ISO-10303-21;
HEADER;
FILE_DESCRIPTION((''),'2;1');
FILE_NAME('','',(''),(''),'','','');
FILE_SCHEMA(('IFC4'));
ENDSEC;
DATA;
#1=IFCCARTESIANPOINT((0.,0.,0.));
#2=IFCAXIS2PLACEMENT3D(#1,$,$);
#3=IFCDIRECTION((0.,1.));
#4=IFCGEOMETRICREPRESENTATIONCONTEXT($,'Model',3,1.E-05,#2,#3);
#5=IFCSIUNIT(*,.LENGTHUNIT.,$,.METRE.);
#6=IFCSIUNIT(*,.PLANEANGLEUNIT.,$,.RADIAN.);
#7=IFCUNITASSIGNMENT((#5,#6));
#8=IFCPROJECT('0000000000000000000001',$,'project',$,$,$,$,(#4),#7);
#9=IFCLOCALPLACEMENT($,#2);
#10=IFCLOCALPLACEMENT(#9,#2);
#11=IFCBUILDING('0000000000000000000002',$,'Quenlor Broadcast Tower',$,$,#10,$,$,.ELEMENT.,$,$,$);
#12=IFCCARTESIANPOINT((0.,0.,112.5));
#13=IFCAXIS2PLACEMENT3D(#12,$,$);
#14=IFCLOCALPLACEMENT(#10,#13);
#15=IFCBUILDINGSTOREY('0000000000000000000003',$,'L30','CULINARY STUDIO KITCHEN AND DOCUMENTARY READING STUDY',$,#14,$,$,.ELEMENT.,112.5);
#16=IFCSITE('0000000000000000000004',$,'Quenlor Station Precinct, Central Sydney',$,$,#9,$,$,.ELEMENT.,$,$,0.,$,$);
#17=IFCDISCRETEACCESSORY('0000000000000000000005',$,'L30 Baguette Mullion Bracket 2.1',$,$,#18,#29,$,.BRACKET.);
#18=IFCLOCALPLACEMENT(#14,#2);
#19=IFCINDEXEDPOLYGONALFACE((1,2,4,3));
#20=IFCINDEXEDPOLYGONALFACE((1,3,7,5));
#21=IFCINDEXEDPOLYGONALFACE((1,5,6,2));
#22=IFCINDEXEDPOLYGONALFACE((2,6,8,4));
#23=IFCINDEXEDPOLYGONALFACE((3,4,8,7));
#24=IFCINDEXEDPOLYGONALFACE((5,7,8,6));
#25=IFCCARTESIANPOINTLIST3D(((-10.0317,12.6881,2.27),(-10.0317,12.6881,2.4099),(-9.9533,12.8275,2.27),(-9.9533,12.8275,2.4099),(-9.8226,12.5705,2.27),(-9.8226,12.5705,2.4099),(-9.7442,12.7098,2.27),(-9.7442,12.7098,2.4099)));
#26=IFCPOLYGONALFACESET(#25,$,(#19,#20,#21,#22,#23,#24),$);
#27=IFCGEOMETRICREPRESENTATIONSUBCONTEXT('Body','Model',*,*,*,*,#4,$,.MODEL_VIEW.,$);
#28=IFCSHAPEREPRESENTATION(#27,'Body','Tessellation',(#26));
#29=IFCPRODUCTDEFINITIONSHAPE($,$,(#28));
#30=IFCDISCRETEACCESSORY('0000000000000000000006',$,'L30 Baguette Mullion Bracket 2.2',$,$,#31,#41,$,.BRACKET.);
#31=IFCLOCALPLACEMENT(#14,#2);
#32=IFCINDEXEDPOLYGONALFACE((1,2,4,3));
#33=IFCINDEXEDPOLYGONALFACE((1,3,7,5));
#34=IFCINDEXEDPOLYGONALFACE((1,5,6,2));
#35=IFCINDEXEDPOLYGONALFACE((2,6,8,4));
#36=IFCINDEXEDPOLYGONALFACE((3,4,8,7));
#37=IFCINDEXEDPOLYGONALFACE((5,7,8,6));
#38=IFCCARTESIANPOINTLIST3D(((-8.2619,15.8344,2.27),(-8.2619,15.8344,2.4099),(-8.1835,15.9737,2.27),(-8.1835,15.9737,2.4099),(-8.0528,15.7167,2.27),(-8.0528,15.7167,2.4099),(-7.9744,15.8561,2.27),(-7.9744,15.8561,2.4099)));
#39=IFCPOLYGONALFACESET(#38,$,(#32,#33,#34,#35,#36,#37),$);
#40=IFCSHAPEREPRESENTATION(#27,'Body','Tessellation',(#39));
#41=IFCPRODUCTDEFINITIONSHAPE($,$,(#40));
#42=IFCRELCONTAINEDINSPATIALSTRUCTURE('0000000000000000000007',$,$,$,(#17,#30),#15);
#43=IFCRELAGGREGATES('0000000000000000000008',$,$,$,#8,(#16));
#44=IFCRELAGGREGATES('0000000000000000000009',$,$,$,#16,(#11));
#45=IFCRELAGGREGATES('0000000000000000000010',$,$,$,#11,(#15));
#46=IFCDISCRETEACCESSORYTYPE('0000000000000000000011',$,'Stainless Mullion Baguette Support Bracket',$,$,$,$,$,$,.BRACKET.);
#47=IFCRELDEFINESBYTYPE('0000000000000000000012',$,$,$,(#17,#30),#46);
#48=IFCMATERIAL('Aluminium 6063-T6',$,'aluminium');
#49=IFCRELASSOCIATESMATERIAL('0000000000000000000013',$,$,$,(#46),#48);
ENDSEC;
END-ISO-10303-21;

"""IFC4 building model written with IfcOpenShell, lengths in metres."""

from ifc_helpers import new_model, si_unit, direction, frame, origin, origin_2d, place, context, subcontext, project, spatial, rectangle, extrude, material, type_object, element, save


model = new_model("IFC4")

# Units and contexts
model_context = context("Model", 3, precision=1e-05, world=origin(), true_north=direction((0.0, 1.0)))
body_context = subcontext(model_context, "Body", "Model", "MODEL_VIEW")
ifc_project = project(units=[si_unit("LENGTHUNIT", "METRE"), si_unit("PLANEANGLEUNIT", "RADIAN")], contexts=[model_context])

# Site, building, storey
site_placement = place(None, origin())
site = spatial("IfcSite", under=ifc_project, at=site_placement, Name="Quenlor Station Precinct, Central Sydney", CompositionType="ELEMENT", RefElevation=0.0)
building_placement = place(site_placement, origin())
building = spatial("IfcBuilding", under=site, at=building_placement, Name="Quenlor Broadcast Tower", CompositionType="ELEMENT")
storey_placement = place(building_placement, frame((0.0, 0.0, 112.5)))
storey = spatial("IfcBuildingStorey", under=building, at=storey_placement, Name="L30", Description="CULINARY STUDIO KITCHEN AND DOCUMENTARY READING STUDY", CompositionType="ELEMENT", Elevation=112.5)

# Discrete accessories
ifc_material_1 = material(Name="Aluminium 6063-T6", Category="aluminium")
discrete_accessory_type = type_object("IfcDiscreteAccessoryType", Name="Stainless Mullion Baguette Support Bracket", PredefinedType="BRACKET", material=ifc_material_1)
for number, where, z_axis, x_axis, name in (
    (1, (-9.8879, 12.699, 2.27), (0.0, 0.0, 1.0), (0.490265, 0.871573, 0.0), "L30 Baguette Mullion Bracket 2.1"),
    (2, (-8.1182, 15.8452, 2.27), (0.0, 0.0, 1.0), (0.490265, 0.871573, 0.0), "L30 Baguette Mullion Bracket 2.2"),
):
    element("IfcDiscreteAccessory", number, at=place(storey_placement, frame(where, z_axis=z_axis, x_axis=x_axis)), inside=storey, type_object=discrete_accessory_type, Name=name, PredefinedType="BRACKET", context=body_context, shape_type="SweptSolid", body=[
        extrude(rectangle(XDim=0.1599, YDim=0.24, at=origin_2d()), origin(), (0.0, 0.0, 1.0), 0.1399),
    ])

save(model, "model.ifc")
